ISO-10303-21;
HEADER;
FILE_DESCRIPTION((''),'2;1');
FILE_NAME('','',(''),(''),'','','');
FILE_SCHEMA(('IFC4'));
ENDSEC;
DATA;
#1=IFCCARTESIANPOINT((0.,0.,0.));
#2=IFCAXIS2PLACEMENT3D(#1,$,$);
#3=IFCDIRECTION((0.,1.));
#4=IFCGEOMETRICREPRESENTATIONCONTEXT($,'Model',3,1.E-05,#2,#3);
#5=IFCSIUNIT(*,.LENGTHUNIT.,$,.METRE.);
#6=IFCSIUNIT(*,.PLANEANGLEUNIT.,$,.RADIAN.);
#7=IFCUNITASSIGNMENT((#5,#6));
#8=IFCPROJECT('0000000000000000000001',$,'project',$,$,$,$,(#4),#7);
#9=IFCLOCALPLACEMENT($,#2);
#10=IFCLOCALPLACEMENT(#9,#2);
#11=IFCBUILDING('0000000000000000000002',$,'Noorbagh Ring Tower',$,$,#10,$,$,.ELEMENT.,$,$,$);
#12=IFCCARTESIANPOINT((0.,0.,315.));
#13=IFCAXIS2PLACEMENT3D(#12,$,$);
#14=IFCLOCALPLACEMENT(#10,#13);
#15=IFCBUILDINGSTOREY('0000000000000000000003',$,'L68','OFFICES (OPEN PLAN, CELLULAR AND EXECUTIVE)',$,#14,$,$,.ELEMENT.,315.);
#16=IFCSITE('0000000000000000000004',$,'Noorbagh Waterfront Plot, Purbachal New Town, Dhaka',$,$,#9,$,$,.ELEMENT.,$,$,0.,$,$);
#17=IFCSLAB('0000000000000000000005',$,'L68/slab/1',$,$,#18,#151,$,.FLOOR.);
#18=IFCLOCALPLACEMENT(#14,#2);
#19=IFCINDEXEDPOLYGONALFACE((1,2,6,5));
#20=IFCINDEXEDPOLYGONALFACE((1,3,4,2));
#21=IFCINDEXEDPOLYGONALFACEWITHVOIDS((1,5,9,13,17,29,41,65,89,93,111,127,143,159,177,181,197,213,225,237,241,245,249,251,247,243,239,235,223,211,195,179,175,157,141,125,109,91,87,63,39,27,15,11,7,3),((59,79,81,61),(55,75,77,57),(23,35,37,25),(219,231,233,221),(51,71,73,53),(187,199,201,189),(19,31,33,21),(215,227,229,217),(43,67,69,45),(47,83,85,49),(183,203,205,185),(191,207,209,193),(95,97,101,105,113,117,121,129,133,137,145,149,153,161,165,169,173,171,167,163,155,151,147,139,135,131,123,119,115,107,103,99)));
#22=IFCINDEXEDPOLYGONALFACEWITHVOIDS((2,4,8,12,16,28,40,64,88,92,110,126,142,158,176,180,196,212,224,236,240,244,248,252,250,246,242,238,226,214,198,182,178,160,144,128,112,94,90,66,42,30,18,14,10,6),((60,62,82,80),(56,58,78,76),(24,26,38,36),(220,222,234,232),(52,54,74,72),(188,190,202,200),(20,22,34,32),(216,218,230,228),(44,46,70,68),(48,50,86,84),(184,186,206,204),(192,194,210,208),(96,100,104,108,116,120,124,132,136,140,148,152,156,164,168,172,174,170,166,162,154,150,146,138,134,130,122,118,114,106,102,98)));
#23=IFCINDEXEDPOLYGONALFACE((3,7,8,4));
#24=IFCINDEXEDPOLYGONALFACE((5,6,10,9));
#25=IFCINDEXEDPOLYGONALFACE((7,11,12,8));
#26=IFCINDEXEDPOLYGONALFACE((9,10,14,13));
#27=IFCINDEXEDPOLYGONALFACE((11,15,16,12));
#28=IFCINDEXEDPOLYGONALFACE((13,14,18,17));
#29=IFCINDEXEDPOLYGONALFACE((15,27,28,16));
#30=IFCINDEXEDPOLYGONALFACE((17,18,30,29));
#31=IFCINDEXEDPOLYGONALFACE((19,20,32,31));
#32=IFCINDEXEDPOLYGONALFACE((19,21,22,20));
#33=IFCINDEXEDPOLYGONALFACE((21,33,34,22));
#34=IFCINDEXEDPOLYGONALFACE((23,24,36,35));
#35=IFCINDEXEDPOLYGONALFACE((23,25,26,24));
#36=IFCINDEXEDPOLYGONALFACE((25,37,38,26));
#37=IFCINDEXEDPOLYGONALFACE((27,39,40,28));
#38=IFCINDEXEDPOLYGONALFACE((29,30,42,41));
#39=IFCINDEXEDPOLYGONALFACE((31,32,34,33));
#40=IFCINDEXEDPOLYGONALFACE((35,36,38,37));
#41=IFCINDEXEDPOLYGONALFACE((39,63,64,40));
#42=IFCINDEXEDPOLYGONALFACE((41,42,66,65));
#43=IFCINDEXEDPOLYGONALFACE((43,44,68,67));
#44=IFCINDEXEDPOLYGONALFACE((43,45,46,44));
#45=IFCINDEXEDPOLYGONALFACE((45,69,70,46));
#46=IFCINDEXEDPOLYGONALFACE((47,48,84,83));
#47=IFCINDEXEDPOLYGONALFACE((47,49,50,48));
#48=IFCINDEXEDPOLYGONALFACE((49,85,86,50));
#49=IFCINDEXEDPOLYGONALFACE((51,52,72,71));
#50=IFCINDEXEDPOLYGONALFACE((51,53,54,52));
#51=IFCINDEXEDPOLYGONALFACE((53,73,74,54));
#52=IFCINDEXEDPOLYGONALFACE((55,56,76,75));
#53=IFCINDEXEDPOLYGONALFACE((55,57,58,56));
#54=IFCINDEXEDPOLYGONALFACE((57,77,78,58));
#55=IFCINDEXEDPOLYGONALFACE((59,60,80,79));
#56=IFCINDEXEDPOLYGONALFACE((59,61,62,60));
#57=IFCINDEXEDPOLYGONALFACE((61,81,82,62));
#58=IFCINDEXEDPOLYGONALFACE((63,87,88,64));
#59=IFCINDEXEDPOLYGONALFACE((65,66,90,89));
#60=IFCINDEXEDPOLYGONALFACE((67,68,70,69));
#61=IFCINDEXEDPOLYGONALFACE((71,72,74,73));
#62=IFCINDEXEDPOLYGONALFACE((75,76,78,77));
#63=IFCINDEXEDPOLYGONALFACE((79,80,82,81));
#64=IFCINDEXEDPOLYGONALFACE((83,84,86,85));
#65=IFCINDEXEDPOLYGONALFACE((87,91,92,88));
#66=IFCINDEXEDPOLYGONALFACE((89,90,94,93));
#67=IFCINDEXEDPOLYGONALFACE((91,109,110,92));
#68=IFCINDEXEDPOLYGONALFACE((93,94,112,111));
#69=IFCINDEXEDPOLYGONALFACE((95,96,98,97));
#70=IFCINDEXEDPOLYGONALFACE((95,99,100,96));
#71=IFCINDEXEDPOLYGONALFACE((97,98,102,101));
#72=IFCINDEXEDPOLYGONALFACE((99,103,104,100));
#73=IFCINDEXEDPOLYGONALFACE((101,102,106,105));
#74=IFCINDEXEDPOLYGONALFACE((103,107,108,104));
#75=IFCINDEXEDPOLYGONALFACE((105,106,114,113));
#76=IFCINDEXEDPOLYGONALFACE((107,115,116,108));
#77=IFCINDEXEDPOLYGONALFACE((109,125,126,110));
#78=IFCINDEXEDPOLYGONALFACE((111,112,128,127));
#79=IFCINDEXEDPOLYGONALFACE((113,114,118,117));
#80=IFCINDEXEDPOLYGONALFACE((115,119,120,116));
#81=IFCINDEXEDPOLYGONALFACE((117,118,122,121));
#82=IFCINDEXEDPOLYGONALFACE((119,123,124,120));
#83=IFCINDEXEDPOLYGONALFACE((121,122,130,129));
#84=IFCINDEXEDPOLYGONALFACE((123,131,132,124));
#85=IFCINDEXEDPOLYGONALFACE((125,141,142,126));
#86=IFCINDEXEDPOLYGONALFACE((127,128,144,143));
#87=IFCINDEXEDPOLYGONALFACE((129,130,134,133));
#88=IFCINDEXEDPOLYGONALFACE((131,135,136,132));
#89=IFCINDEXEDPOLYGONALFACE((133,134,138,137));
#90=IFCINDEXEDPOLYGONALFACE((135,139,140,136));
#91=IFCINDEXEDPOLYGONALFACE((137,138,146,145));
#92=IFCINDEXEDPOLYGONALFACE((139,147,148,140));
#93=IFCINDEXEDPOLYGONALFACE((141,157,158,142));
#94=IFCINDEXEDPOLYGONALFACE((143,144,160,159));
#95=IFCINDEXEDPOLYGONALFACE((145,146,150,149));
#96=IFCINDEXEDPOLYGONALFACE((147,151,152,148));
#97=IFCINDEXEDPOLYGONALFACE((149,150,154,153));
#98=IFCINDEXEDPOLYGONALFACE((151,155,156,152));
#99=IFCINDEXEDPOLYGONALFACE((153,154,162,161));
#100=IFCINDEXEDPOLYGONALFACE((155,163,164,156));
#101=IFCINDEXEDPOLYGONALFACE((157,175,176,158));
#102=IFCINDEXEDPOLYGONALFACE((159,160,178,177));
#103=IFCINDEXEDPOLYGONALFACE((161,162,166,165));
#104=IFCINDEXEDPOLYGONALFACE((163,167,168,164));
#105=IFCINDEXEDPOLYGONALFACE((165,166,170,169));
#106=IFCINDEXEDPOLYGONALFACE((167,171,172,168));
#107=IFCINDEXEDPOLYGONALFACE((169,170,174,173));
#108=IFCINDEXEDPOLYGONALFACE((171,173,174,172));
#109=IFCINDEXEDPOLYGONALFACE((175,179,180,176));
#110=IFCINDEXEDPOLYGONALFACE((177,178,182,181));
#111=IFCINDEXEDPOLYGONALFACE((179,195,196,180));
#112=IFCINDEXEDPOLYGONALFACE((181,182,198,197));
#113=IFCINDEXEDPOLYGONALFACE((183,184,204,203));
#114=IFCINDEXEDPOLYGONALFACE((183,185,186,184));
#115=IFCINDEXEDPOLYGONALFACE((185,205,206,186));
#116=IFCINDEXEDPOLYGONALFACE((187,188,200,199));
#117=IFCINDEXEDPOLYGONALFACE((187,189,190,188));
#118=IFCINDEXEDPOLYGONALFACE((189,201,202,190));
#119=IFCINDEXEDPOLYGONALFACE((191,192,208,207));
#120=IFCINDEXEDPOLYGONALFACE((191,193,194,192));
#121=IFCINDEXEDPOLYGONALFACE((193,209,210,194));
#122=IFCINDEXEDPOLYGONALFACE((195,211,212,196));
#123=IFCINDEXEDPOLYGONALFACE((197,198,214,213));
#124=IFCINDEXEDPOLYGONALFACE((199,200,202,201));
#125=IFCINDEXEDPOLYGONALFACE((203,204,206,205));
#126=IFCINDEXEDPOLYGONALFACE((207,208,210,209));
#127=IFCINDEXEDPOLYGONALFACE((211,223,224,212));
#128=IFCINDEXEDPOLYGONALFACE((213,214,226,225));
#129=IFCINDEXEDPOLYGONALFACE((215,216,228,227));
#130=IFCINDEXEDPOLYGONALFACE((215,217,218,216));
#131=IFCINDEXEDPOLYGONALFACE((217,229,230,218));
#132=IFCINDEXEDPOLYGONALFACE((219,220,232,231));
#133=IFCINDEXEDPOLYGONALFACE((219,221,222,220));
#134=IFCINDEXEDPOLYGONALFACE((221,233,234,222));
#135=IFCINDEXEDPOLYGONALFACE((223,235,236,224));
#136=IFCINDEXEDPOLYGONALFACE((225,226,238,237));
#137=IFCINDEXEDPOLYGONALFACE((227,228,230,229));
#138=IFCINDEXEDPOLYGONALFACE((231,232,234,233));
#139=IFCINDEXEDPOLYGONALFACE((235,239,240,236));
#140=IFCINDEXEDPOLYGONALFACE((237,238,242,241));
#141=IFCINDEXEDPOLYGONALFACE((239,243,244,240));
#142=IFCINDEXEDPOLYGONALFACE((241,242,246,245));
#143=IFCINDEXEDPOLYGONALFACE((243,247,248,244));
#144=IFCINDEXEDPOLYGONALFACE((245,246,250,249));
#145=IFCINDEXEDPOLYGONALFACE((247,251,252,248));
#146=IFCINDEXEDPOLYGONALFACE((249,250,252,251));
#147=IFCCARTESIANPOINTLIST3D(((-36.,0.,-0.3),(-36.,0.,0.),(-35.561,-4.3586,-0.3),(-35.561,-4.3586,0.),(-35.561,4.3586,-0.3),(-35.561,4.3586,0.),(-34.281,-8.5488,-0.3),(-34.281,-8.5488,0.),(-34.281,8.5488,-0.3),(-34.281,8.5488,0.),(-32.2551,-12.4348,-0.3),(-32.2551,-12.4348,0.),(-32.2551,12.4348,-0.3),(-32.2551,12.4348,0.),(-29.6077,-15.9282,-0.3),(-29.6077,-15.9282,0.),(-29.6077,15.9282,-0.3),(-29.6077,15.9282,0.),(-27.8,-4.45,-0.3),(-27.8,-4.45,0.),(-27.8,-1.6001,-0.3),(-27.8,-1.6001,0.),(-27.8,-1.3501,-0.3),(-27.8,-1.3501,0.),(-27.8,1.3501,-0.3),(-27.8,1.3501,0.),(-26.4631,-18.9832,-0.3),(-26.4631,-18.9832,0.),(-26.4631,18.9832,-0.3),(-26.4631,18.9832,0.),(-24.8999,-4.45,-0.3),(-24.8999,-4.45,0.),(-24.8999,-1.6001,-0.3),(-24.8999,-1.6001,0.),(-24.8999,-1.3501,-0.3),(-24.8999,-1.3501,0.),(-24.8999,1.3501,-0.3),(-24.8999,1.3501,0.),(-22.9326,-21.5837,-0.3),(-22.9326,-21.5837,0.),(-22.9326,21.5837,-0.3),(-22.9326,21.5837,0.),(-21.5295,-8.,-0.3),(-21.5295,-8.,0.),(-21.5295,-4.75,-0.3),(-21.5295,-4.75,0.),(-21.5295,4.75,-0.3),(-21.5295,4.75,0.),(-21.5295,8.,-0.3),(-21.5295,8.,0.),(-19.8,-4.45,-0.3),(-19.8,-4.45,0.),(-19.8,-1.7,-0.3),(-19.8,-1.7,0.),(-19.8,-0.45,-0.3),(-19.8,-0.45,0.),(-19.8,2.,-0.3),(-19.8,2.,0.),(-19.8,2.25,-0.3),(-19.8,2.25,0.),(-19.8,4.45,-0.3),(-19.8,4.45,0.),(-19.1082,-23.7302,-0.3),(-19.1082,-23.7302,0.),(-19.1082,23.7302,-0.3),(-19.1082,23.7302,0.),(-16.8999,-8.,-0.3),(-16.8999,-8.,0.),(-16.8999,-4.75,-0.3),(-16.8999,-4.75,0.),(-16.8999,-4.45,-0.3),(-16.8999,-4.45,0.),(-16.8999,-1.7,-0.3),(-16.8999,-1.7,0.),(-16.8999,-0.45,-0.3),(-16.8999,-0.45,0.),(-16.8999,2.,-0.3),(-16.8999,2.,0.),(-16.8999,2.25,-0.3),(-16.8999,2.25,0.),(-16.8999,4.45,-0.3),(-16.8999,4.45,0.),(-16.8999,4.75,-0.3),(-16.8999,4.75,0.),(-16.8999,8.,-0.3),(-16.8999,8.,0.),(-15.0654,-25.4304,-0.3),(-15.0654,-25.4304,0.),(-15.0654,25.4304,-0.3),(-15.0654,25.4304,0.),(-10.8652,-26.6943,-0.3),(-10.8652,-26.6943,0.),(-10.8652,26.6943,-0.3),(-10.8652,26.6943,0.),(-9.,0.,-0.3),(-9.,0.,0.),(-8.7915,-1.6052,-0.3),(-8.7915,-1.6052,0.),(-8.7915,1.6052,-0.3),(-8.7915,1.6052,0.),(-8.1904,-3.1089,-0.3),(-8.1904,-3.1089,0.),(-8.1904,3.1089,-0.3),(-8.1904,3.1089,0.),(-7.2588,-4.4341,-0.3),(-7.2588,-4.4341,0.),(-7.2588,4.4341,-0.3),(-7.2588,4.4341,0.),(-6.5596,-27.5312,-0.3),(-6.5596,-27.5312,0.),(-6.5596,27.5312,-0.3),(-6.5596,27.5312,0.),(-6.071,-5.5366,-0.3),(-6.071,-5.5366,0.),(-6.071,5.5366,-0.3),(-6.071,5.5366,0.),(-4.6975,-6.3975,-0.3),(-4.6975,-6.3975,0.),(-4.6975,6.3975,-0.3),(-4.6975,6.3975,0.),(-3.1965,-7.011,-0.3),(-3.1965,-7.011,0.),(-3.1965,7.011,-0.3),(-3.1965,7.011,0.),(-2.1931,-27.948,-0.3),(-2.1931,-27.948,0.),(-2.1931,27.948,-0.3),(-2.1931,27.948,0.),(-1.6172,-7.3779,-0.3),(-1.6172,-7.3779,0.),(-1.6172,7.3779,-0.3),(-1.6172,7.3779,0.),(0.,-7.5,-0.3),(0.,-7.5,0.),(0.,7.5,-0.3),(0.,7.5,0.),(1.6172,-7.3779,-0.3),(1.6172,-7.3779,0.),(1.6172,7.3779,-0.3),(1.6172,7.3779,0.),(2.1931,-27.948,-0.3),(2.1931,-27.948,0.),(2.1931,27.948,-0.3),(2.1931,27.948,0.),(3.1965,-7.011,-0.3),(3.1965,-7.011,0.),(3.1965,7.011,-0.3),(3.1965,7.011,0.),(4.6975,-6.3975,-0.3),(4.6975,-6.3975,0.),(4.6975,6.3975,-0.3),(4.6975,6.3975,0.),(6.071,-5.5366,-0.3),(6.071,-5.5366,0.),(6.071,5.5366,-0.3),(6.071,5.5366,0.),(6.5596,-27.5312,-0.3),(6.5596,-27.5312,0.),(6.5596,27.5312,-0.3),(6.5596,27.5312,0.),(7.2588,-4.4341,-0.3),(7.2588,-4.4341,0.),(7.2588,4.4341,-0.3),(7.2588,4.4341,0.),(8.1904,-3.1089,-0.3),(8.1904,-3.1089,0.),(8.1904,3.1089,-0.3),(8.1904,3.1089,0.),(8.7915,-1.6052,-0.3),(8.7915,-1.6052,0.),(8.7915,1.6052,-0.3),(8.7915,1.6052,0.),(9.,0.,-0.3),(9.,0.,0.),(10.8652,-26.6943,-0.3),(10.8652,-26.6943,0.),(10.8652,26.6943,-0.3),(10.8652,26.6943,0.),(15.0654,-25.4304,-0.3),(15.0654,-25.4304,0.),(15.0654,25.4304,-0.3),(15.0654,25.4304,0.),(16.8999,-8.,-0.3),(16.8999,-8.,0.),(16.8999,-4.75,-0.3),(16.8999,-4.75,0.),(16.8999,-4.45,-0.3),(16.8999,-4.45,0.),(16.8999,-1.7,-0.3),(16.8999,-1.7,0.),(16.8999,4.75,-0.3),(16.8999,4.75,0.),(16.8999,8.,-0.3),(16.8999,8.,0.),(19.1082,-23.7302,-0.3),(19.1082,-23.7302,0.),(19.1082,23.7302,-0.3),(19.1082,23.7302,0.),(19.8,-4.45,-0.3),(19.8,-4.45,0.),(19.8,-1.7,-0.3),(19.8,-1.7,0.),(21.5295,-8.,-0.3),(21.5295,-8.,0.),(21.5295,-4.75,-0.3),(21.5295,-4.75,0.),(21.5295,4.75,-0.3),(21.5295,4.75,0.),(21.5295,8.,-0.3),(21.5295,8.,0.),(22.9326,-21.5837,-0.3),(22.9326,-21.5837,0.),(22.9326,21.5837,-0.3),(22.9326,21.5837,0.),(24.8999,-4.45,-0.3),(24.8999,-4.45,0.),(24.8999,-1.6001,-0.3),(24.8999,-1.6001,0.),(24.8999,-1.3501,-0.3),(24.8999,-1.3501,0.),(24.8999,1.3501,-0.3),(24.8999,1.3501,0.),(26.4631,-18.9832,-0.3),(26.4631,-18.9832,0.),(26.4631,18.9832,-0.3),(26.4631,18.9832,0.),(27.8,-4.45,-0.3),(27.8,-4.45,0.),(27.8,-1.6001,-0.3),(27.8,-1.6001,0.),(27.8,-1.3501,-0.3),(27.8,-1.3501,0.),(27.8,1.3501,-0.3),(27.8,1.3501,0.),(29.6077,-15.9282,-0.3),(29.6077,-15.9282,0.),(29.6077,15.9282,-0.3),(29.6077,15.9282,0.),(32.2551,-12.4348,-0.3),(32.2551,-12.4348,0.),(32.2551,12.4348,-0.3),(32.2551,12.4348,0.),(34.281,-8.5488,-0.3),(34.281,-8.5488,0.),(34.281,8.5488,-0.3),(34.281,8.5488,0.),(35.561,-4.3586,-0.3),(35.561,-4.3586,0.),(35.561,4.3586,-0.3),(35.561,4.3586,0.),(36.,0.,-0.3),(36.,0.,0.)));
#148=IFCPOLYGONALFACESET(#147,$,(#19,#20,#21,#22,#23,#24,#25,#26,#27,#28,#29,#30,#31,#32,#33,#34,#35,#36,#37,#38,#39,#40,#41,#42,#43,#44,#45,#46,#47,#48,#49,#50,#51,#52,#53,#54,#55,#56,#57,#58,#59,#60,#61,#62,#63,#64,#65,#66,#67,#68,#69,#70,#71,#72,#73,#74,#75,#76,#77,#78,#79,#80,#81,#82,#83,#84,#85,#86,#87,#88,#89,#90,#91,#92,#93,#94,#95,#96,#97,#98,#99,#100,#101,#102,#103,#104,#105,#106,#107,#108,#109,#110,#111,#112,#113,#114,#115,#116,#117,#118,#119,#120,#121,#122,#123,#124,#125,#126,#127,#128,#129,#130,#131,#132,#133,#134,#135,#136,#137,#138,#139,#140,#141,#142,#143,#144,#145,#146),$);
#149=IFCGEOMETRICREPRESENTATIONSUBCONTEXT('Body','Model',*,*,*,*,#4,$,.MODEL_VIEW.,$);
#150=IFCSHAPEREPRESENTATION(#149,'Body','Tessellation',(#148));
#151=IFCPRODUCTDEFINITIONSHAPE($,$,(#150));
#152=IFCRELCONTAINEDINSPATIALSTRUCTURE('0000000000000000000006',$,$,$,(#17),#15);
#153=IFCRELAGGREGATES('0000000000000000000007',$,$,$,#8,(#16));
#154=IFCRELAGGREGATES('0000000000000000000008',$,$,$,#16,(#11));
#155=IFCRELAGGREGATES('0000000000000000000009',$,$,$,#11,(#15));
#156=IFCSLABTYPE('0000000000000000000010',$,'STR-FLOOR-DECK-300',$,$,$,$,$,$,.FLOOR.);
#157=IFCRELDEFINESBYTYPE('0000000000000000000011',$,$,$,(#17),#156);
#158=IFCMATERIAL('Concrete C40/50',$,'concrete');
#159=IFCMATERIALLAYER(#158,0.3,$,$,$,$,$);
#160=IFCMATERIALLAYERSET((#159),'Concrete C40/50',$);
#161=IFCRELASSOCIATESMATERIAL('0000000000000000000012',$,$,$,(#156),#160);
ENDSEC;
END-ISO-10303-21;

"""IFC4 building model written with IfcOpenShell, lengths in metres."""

from ifc_helpers import new_model, si_unit, direction, frame, origin, place, context, subcontext, project, spatial, polyline, outline, extrude, material, layer, layer_set, type_object, element, save


model = new_model("IFC4")

# Units and contexts
model_context = context("Model", 3, precision=1e-05, world=origin(), true_north=direction((0.0, 1.0)))
body_context = subcontext(model_context, "Body", "Model", "MODEL_VIEW")
ifc_project = project(units=[si_unit("LENGTHUNIT", "METRE"), si_unit("PLANEANGLEUNIT", "RADIAN")], contexts=[model_context])

# Site, building, storey
site_placement = place(None, origin())
site = spatial("IfcSite", under=ifc_project, at=site_placement, Name="Noorbagh Waterfront Plot, Purbachal New Town, Dhaka", CompositionType="ELEMENT", RefElevation=0.0)
building_placement = place(site_placement, origin())
building = spatial("IfcBuilding", under=site, at=building_placement, Name="Noorbagh Ring Tower", CompositionType="ELEMENT")
storey_placement = place(building_placement, frame((0.0, 0.0, 315.0)))
storey = spatial("IfcBuildingStorey", under=building, at=storey_placement, Name="L68", Description="OFFICES (OPEN PLAN, CELLULAR AND EXECUTIVE)", CompositionType="ELEMENT", Elevation=315.0)

# Slab
ifc_material_1 = material(Name="Concrete C40/50", Category="concrete")
ifc_layer_1 = layer(ifc_material_1, 0.3)
ifc_layer_set_1 = layer_set([ifc_layer_1], Name="Concrete C40/50")
slab_type_1 = type_object("IfcSlabType", Name="STR-FLOOR-DECK-300", PredefinedType="FLOOR", material=ifc_layer_set_1)
slab_1_placement = place(storey_placement, frame((0.0, 0.0, -0.3)))
element("IfcSlab", 1, at=slab_1_placement, inside=storey, type_object=slab_type_1, Name="L68/slab/1", PredefinedType="FLOOR", context=body_context, shape_type="SweptSolid", body=[
    extrude(outline(polyline([(36.0, 0.0), (35.561, 4.3586), (34.281, 8.5488), (32.2551, 12.4348), (29.6077, 15.9282), (26.4631, 18.9832), (22.9326, 21.5837), (19.1082, 23.7302), (15.0654, 25.4304), (10.8652, 26.6943), (6.5596, 27.5312), (2.1931, 27.948), (-2.1931, 27.948), (-6.5596, 27.5312), (-10.8652, 26.6943), (-15.0654, 25.4304), (-19.1082, 23.7302), (-22.9326, 21.5837), (-26.4631, 18.9832), (-29.6077, 15.9282), (-32.2551, 12.4348), (-34.281, 8.5488), (-35.561, 4.3586), (-36.0, 0.0), (-35.561, -4.3586), (-34.281, -8.5488), (-32.2551, -12.4348), (-29.6077, -15.9282), (-26.4631, -18.9832), (-22.9326, -21.5837), (-19.1082, -23.7302), (-15.0654, -25.4304), (-10.8652, -26.6943), (-6.5596, -27.5312), (-2.1931, -27.948), (2.1931, -27.948), (6.5596, -27.5312), (10.8652, -26.6943), (15.0654, -25.4304), (19.1082, -23.7302), (22.9326, -21.5837), (26.4631, -18.9832), (29.6077, -15.9282), (32.2551, -12.4348), (34.281, -8.5488), (35.561, -4.3586), (36.0, 0.0)]), holes=[polyline([(24.8999, -1.6001), (27.8, -1.6001), (27.8, -4.45), (24.8999, -4.45), (24.8999, -1.6001)]), polyline([(24.8999, 1.3501), (27.8, 1.3501), (27.8, -1.3501), (24.8999, -1.3501), (24.8999, 1.3501)]), polyline([(21.5295, -8.0), (16.8999, -8.0), (16.8999, -4.75), (21.5295, -4.75), (21.5295, -8.0)]), polyline([(21.5295, 4.75), (16.8999, 4.75), (16.8999, 8.0), (21.5295, 8.0), (21.5295, 4.75)]), polyline([(16.8999, -1.7), (19.8, -1.7), (19.8, -4.45), (16.8999, -4.45), (16.8999, -1.7)]), polyline([(4.6975, -6.3975), (3.1965, -7.011), (1.6172, -7.3779), (0.0, -7.5), (-1.6172, -7.3779), (-3.1965, -7.011), (-4.6975, -6.3975), (-6.071, -5.5366), (-7.2588, -4.4341), (-8.1904, -3.1089), (-8.7915, -1.6052), (-9.0, 0.0), (-8.7915, 1.6052), (-8.1904, 3.1089), (-7.2588, 4.4341), (-6.071, 5.5366), (-4.6975, 6.3975), (-3.1965, 7.011), (-1.6172, 7.3779), (0.0, 7.5), (1.6172, 7.3779), (3.1965, 7.011), (4.6975, 6.3975), (6.071, 5.5366), (7.2588, 4.4341), (8.1904, 3.1089), (8.7915, 1.6052), (9.0, 0.0), (8.7915, -1.6052), (8.1904, -3.1089), (7.2588, -4.4341), (6.071, -5.5366), (4.6975, -6.3975)]), polyline([(-21.5295, -8.0), (-21.5295, -4.75), (-16.8999, -4.75), (-16.8999, -8.0), (-21.5295, -8.0)]), polyline([(-21.5295, 4.75), (-21.5295, 8.0), (-16.8999, 8.0), (-16.8999, 4.75), (-21.5295, 4.75)]), polyline([(-16.8999, -4.45), (-19.8, -4.45), (-19.8, -1.7), (-16.8999, -1.7), (-16.8999, -4.45)]), polyline([(-16.8999, -0.45), (-19.8, -0.45), (-19.8, 2.0), (-16.8999, 2.0), (-16.8999, -0.45)]), polyline([(-16.8999, 2.25), (-19.8, 2.25), (-19.8, 4.45), (-16.8999, 4.45), (-16.8999, 2.25)]), polyline([(-24.8999, -4.45), (-27.8, -4.45), (-27.8, -1.6001), (-24.8999, -1.6001), (-24.8999, -4.45)]), polyline([(-24.8999, 1.3501), (-24.8999, -1.3501), (-27.8, -1.3501), (-27.8, 1.3501), (-24.8999, 1.3501)])]), origin(), (0.0, 0.0, 1.0), 0.3),
])

save(model, "model.ifc")
